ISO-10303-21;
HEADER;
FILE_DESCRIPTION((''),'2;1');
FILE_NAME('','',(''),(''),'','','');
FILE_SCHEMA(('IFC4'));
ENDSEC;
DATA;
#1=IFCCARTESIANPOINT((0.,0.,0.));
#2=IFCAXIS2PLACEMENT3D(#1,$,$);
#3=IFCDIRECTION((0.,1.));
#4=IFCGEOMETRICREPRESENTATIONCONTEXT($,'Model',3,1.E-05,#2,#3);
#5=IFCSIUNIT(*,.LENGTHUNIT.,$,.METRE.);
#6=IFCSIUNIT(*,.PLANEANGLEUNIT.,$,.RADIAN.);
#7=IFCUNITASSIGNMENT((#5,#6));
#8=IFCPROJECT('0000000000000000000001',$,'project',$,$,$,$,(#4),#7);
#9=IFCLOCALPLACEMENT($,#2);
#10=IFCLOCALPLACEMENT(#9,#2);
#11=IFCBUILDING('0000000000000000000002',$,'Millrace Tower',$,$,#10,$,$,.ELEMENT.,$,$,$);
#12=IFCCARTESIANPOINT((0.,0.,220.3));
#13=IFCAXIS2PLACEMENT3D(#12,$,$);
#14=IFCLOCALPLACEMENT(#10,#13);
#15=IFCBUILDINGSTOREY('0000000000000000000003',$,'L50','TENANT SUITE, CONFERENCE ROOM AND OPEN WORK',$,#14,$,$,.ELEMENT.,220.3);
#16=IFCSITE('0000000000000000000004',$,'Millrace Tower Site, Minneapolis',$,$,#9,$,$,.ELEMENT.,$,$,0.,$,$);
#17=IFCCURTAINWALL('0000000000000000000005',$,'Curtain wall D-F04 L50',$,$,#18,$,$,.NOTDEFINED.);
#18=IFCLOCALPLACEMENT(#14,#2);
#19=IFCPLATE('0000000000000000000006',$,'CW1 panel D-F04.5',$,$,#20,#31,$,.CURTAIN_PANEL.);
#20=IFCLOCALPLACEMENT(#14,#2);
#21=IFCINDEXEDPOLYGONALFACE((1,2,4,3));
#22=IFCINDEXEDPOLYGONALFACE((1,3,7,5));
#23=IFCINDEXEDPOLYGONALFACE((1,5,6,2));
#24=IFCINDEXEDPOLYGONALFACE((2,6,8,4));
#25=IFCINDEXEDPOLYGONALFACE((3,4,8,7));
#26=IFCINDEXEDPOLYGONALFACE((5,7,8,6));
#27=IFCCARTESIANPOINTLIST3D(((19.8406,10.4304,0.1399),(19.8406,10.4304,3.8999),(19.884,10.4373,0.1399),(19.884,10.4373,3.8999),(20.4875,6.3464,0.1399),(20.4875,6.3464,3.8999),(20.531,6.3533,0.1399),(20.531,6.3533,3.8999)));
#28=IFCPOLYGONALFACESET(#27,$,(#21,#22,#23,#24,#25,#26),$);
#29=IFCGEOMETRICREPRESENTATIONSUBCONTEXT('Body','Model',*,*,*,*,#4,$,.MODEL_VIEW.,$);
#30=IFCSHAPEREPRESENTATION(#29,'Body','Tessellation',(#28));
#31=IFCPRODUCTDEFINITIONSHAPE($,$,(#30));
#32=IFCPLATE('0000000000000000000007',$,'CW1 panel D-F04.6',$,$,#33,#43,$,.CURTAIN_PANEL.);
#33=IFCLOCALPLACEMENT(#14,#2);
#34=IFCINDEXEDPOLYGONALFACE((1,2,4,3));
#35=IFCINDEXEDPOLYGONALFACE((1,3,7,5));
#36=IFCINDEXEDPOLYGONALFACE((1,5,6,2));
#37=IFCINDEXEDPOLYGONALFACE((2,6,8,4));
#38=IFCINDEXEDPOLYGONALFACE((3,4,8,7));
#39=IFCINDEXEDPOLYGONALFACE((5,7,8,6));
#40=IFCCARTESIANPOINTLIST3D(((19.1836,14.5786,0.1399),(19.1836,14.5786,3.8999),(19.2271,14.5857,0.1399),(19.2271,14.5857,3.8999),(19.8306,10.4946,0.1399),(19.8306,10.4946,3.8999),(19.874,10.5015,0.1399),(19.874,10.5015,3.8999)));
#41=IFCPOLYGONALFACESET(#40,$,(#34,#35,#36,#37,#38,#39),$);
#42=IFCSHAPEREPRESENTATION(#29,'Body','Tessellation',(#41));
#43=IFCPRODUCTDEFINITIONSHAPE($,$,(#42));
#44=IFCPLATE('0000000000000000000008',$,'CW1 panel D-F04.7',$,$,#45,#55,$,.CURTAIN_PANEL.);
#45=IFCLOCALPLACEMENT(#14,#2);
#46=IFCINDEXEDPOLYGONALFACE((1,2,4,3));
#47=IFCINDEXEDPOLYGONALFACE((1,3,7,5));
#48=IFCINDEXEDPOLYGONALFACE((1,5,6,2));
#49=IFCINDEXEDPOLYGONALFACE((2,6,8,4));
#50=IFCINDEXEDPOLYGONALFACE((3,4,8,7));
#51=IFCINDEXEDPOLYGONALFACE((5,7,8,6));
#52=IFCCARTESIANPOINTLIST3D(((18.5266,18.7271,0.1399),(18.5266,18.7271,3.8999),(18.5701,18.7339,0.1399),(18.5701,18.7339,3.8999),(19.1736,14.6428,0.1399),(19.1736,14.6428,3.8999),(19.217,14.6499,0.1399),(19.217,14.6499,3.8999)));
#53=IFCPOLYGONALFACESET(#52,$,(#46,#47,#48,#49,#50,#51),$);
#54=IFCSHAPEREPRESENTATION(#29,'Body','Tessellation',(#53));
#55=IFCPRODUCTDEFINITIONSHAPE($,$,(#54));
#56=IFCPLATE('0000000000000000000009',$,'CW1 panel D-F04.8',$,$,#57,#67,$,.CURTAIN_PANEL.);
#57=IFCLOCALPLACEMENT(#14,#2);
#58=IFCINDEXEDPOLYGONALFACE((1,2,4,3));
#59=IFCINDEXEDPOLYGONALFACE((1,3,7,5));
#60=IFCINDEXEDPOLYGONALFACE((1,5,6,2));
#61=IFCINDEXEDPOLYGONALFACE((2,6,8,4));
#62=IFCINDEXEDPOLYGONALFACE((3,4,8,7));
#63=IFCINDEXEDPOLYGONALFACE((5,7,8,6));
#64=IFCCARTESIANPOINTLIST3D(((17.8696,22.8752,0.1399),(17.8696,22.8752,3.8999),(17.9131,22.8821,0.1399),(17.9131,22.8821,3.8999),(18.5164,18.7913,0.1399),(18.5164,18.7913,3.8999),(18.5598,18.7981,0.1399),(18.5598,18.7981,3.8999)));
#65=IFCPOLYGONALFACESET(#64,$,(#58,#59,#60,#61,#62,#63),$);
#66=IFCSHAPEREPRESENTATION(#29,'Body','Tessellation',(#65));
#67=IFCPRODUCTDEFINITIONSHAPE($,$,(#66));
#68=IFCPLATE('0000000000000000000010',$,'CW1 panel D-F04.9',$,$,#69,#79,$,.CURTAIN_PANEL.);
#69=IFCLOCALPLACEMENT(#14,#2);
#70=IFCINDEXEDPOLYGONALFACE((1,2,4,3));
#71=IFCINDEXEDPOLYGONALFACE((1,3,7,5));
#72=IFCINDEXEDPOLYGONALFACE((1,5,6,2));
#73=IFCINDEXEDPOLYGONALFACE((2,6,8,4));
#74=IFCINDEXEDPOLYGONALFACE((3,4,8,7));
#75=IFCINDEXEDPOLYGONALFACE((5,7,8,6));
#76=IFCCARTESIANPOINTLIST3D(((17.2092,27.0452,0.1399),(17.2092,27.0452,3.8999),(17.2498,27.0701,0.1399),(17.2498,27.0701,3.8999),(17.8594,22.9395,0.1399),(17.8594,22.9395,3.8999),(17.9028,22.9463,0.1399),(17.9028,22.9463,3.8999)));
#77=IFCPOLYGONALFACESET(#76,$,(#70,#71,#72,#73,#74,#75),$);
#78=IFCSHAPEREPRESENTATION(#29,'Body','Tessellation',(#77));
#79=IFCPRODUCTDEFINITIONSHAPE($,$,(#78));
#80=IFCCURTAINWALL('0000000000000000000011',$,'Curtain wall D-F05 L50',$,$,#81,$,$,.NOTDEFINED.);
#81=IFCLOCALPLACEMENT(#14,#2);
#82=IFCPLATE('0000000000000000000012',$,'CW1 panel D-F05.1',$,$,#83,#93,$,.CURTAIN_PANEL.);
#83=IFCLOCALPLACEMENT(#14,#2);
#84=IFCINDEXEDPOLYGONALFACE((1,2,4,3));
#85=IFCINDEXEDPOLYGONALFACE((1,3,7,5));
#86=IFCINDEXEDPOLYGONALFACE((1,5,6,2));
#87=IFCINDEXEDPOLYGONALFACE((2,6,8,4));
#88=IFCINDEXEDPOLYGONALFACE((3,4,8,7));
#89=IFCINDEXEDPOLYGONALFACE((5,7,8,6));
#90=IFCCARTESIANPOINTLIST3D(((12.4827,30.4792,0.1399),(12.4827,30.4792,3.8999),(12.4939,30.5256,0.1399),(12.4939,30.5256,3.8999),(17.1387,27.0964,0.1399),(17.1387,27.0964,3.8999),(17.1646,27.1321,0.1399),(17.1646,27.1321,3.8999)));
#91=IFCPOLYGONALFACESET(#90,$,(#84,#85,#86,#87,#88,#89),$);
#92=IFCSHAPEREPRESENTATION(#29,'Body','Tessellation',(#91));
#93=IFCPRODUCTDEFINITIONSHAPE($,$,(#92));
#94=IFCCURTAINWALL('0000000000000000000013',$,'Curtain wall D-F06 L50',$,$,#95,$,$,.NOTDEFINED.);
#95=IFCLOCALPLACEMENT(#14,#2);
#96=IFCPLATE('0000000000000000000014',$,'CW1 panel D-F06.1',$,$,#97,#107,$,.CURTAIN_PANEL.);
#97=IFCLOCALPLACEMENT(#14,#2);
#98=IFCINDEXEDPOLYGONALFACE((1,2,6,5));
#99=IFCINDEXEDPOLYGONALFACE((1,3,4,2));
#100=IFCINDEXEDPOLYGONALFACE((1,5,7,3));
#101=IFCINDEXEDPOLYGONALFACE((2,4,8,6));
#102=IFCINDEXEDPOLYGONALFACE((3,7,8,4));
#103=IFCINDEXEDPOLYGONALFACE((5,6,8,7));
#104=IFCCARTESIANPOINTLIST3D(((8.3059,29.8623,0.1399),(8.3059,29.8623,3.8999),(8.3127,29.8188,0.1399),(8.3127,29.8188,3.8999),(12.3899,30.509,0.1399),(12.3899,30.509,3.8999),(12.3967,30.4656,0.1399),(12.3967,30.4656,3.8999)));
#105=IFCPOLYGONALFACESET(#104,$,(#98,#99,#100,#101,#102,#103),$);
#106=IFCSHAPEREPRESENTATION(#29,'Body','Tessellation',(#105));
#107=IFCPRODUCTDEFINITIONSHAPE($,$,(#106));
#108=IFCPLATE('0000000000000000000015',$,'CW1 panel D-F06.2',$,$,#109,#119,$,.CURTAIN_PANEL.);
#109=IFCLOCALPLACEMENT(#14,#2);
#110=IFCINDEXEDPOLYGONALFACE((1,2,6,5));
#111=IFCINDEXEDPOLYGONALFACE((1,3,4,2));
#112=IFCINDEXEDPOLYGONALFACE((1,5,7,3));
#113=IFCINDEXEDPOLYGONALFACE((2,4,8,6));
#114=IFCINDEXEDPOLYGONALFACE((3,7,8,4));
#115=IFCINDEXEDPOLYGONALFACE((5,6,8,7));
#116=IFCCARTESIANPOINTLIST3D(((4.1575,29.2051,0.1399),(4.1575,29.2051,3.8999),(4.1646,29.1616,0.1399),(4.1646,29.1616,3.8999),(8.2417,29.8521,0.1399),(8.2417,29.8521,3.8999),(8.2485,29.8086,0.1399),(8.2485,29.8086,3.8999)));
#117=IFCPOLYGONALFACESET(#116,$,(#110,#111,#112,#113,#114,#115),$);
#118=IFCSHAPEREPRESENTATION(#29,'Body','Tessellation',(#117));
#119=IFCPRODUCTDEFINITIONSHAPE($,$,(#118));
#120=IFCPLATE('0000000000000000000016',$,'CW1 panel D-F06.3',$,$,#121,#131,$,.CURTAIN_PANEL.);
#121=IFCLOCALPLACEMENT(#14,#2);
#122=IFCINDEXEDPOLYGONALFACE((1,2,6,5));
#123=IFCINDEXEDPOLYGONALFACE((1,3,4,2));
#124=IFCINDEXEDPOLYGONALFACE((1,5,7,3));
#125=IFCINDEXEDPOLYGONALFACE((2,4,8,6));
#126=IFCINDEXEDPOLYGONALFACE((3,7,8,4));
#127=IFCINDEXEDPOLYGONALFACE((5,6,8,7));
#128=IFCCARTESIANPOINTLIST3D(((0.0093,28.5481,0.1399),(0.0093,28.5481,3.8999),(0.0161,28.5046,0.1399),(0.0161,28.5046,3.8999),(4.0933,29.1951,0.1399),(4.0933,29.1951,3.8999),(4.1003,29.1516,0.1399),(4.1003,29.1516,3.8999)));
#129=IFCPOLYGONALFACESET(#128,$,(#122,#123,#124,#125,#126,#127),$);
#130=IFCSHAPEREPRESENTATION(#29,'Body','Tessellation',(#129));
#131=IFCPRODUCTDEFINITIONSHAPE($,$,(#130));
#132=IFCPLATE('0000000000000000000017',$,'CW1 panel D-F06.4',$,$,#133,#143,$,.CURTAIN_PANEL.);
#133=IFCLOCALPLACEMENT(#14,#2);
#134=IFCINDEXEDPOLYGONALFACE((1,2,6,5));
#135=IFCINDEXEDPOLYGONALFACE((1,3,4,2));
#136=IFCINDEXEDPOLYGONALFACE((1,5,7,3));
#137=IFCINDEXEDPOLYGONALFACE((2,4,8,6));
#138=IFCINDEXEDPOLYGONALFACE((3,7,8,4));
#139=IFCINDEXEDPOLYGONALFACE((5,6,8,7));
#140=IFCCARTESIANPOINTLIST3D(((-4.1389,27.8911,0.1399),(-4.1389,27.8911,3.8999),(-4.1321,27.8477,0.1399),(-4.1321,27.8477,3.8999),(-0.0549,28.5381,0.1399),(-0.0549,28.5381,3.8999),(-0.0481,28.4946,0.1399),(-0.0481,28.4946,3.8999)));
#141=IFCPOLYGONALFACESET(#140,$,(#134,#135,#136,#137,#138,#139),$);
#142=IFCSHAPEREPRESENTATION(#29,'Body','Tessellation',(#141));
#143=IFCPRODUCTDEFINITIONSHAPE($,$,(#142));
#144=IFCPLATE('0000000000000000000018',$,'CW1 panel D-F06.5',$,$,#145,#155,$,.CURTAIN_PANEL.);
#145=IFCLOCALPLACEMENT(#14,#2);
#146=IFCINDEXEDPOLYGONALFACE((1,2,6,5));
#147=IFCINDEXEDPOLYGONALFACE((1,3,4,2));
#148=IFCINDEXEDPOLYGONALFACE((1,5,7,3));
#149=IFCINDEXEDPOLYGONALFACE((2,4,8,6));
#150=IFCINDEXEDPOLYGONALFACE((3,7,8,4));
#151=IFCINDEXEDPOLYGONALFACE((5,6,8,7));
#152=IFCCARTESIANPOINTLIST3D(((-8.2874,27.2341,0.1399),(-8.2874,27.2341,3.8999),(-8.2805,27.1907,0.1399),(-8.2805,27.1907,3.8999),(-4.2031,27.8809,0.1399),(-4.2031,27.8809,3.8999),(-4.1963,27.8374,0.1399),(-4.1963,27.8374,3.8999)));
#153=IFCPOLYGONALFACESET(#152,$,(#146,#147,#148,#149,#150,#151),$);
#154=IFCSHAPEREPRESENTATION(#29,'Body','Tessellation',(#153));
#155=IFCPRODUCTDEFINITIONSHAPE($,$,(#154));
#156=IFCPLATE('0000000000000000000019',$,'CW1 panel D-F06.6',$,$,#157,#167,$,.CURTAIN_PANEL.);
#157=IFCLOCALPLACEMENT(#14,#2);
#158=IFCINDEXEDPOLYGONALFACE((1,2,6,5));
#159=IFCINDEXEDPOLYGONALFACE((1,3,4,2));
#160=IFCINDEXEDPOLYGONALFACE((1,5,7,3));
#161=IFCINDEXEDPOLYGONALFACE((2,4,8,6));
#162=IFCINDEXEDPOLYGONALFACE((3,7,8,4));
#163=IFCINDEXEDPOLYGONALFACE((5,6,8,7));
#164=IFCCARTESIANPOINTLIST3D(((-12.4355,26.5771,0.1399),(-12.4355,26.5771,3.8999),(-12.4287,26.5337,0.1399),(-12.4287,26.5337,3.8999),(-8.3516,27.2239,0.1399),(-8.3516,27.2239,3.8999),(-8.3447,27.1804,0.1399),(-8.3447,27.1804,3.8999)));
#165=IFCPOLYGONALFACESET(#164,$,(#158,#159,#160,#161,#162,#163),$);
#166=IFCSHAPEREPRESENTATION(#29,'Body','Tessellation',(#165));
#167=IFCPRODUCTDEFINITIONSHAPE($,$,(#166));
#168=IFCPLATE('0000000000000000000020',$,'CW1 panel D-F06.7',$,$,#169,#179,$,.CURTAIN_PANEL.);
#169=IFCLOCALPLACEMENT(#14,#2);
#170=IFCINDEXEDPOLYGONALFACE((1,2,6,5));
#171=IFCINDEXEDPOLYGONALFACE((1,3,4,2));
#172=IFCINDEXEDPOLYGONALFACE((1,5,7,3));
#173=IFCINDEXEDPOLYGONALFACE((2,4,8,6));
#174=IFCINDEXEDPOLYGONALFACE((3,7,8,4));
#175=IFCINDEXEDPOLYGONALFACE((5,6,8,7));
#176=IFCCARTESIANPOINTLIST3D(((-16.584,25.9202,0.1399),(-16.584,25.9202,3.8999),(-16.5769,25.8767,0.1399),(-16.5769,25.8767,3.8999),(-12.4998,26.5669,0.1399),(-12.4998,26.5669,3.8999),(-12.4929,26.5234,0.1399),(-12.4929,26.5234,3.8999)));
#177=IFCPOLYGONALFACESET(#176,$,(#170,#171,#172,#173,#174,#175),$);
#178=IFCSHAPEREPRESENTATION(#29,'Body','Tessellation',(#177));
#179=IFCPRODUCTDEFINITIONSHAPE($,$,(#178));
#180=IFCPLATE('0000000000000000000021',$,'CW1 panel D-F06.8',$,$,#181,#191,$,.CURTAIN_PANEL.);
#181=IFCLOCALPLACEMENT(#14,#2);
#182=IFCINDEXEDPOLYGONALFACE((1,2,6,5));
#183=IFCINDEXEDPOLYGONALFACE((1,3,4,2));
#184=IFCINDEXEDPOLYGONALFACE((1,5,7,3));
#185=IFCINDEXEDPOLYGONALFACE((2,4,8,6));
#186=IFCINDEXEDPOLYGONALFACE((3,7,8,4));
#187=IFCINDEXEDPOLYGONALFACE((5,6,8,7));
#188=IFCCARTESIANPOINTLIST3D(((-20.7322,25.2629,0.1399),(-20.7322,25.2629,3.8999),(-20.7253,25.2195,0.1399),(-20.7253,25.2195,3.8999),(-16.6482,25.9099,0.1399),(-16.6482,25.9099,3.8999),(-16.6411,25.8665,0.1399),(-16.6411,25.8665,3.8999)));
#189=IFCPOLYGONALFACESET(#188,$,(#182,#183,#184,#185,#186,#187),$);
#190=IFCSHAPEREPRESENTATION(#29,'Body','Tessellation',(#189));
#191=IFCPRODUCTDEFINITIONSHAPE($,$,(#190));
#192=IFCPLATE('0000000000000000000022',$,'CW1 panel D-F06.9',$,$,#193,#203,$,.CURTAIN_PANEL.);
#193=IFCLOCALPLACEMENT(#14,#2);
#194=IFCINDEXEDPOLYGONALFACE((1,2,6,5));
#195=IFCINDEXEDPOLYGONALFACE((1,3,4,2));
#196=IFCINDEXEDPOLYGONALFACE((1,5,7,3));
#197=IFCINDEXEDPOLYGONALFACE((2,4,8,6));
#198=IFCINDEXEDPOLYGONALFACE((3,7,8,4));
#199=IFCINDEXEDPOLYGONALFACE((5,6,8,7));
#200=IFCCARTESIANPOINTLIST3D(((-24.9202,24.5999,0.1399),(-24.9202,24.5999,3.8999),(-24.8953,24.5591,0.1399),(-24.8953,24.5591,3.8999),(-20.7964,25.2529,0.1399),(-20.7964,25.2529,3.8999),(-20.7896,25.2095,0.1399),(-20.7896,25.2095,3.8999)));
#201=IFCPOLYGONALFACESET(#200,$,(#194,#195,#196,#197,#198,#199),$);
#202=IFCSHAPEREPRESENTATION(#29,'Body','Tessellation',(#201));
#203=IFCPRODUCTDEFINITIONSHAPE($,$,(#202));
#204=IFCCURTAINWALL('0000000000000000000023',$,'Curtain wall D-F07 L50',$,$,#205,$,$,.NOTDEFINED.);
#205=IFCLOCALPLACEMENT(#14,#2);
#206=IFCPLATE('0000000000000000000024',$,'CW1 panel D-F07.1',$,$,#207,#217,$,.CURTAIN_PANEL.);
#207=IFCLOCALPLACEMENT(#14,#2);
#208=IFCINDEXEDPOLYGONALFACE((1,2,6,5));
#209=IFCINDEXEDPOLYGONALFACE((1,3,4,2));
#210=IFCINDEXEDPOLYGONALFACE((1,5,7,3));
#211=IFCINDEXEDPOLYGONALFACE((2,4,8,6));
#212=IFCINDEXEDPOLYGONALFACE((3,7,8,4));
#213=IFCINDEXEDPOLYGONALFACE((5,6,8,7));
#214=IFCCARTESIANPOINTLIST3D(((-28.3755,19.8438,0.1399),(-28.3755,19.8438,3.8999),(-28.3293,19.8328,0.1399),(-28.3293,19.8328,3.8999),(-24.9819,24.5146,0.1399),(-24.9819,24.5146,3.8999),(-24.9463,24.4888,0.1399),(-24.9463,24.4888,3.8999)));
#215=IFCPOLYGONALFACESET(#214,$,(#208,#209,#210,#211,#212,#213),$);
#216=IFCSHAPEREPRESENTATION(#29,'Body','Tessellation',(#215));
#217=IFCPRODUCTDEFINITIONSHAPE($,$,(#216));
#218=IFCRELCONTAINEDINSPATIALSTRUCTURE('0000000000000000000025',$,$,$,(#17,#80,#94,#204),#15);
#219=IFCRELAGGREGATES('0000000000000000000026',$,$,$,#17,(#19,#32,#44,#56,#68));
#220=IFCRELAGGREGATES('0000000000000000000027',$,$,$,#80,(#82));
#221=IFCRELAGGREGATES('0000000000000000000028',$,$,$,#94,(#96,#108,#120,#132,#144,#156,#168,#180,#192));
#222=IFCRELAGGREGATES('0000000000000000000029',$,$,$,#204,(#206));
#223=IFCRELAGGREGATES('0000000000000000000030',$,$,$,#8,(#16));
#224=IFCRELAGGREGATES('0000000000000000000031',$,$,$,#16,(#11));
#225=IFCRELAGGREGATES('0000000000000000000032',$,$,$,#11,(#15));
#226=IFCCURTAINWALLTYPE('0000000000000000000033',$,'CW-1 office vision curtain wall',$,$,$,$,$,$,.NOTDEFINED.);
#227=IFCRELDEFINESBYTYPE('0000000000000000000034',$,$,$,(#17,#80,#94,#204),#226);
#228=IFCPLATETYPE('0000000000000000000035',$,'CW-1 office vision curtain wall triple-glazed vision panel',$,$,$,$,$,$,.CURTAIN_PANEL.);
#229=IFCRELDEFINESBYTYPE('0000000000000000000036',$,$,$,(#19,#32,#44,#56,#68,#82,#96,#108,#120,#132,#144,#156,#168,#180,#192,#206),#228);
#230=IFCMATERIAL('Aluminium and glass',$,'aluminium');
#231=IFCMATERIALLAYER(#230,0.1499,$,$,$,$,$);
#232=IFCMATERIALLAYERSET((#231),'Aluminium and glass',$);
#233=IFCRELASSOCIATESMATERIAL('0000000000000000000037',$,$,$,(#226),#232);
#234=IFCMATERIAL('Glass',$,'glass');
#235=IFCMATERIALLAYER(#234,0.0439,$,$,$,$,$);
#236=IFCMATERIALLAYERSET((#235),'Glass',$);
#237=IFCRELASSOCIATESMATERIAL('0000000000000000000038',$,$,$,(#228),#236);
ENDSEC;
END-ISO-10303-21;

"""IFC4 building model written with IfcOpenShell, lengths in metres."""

from ifc_helpers import new_model, si_unit, direction, frame, origin, place, context, subcontext, project, spatial, polyline, outline, extrude, material, layer, layer_set, type_object, element, aggregate, save


model = new_model("IFC4")

# Units and contexts
model_context = context("Model", 3, precision=1e-05, world=origin(), true_north=direction((0.0, 1.0)))
body_context = subcontext(model_context, "Body", "Model", "MODEL_VIEW")
ifc_project = project(units=[si_unit("LENGTHUNIT", "METRE"), si_unit("PLANEANGLEUNIT", "RADIAN")], contexts=[model_context])

# Site, building, storey
site_placement = place(None, origin())
site = spatial("IfcSite", under=ifc_project, at=site_placement, Name="Millrace Tower Site, Minneapolis", CompositionType="ELEMENT", RefElevation=0.0)
building_placement = place(site_placement, origin())
building = spatial("IfcBuilding", under=site, at=building_placement, Name="Millrace Tower", CompositionType="ELEMENT")
storey_placement = place(building_placement, frame((0.0, 0.0, 220.3)))
storey = spatial("IfcBuildingStorey", under=building, at=storey_placement, Name="L50", Description="TENANT SUITE, CONFERENCE ROOM AND OPEN WORK", CompositionType="ELEMENT", Elevation=220.3)

# Curtain wall, plates
ifc_material_1 = material(Name="Aluminium and glass", Category="aluminium")
ifc_layer_1 = layer(ifc_material_1, 0.1499)
ifc_layer_set_1 = layer_set([ifc_layer_1], Name="Aluminium and glass")
curtain_wall_type = type_object("IfcCurtainWallType", Name="CW-1 office vision curtain wall", PredefinedType="NOTDEFINED", material=ifc_layer_set_1)
placement_1 = place(storey_placement, origin())
curtain_wall_1 = element("IfcCurtainWall", 1, at=placement_1, inside=storey, type_object=curtain_wall_type, Name="Curtain wall D-F04 L50", PredefinedType="NOTDEFINED")
ifc_material_2 = material(Name="Glass", Category="glass")
ifc_layer_2 = layer(ifc_material_2, 0.0439)
ifc_layer_set_2 = layer_set([ifc_layer_2], Name="Glass")
plate_type = type_object("IfcPlateType", Name="CW-1 office vision curtain wall triple-glazed vision panel", PredefinedType="CURTAIN_PANEL", material=ifc_layer_set_2)
placement_2 = place(storey_placement, frame((0.0, 0.0, 0.1399)))
plate_1 = element("IfcPlate", 2, at=placement_2, type_object=plate_type, Name="CW1 panel D-F04.5", PredefinedType="CURTAIN_PANEL", context=body_context, shape_type="SweptSolid", body=[
    extrude(outline(polyline([(20.531, 6.3533), (19.884, 10.4373), (19.8406, 10.4304), (20.4875, 6.3464), (20.531, 6.3533)])), origin(), (0.0, 0.0, 1.0), 3.76),
])
plate_2 = element("IfcPlate", 3, at=placement_2, type_object=plate_type, Name="CW1 panel D-F04.6", PredefinedType="CURTAIN_PANEL", context=body_context, shape_type="SweptSolid", body=[
    extrude(outline(polyline([(19.874, 10.5015), (19.2271, 14.5857), (19.1836, 14.5786), (19.8306, 10.4946), (19.874, 10.5015)])), origin(), (0.0, 0.0, 1.0), 3.76),
])
plate_3 = element("IfcPlate", 4, at=placement_2, type_object=plate_type, Name="CW1 panel D-F04.7", PredefinedType="CURTAIN_PANEL", context=body_context, shape_type="SweptSolid", body=[
    extrude(outline(polyline([(19.217, 14.6499), (18.5701, 18.7339), (18.5266, 18.7271), (19.1736, 14.6428), (19.217, 14.6499)])), origin(), (0.0, 0.0, 1.0), 3.76),
])
plate_4 = element("IfcPlate", 5, at=placement_2, type_object=plate_type, Name="CW1 panel D-F04.8", PredefinedType="CURTAIN_PANEL", context=body_context, shape_type="SweptSolid", body=[
    extrude(outline(polyline([(18.5598, 18.7981), (17.9131, 22.8821), (17.8696, 22.8752), (18.5164, 18.7913), (18.5598, 18.7981)])), origin(), (0.0, 0.0, 1.0), 3.76),
])
plate_5 = element("IfcPlate", 6, at=placement_2, type_object=plate_type, Name="CW1 panel D-F04.9", PredefinedType="CURTAIN_PANEL", context=body_context, shape_type="SweptSolid", body=[
    extrude(outline(polyline([(17.9028, 22.9463), (17.2498, 27.0701), (17.2092, 27.0452), (17.8594, 22.9395), (17.9028, 22.9463)])), origin(), (0.0, 0.0, 1.0), 3.76),
])
aggregate(curtain_wall_1, [plate_1, plate_2, plate_3, plate_4, plate_5])

# Curtain wall, plate
curtain_wall_2 = element("IfcCurtainWall", 7, at=placement_1, inside=storey, type_object=curtain_wall_type, Name="Curtain wall D-F05 L50", PredefinedType="NOTDEFINED")
plate_6 = element("IfcPlate", 8, at=placement_2, type_object=plate_type, Name="CW1 panel D-F05.1", PredefinedType="CURTAIN_PANEL", context=body_context, shape_type="SweptSolid", body=[
    extrude(outline(polyline([(17.1646, 27.1321), (12.4939, 30.5256), (12.4827, 30.4792), (17.1387, 27.0964), (17.1646, 27.1321)])), origin(), (0.0, 0.0, 1.0), 3.76),
])
aggregate(curtain_wall_2, [plate_6])

# Curtain wall, plates
curtain_wall_3 = element("IfcCurtainWall", 9, at=placement_1, inside=storey, type_object=curtain_wall_type, Name="Curtain wall D-F06 L50", PredefinedType="NOTDEFINED")
plate_7 = element("IfcPlate", 10, at=placement_2, type_object=plate_type, Name="CW1 panel D-F06.1", PredefinedType="CURTAIN_PANEL", context=body_context, shape_type="SweptSolid", body=[
    extrude(outline(polyline([(12.3899, 30.509), (8.3059, 29.8623), (8.3127, 29.8188), (12.3967, 30.4656), (12.3899, 30.509)])), origin(), (0.0, 0.0, 1.0), 3.76),
])
plate_8 = element("IfcPlate", 11, at=placement_2, type_object=plate_type, Name="CW1 panel D-F06.2", PredefinedType="CURTAIN_PANEL", context=body_context, shape_type="SweptSolid", body=[
    extrude(outline(polyline([(8.2417, 29.8521), (4.1575, 29.2051), (4.1646, 29.1616), (8.2485, 29.8086), (8.2417, 29.8521)])), origin(), (0.0, 0.0, 1.0), 3.76),
])
plate_9 = element("IfcPlate", 12, at=placement_2, type_object=plate_type, Name="CW1 panel D-F06.3", PredefinedType="CURTAIN_PANEL", context=body_context, shape_type="SweptSolid", body=[
    extrude(outline(polyline([(4.0933, 29.1951), (0.0093, 28.5481), (0.0161, 28.5046), (4.1003, 29.1516), (4.0933, 29.1951)])), origin(), (0.0, 0.0, 1.0), 3.76),
])
plate_10 = element("IfcPlate", 13, at=placement_2, type_object=plate_type, Name="CW1 panel D-F06.4", PredefinedType="CURTAIN_PANEL", context=body_context, shape_type="SweptSolid", body=[
    extrude(outline(polyline([(-0.0549, 28.5381), (-4.1389, 27.8911), (-4.1321, 27.8477), (-0.0481, 28.4946), (-0.0549, 28.5381)])), origin(), (0.0, 0.0, 1.0), 3.76),
])
plate_11 = element("IfcPlate", 14, at=placement_2, type_object=plate_type, Name="CW1 panel D-F06.5", PredefinedType="CURTAIN_PANEL", context=body_context, shape_type="SweptSolid", body=[
    extrude(outline(polyline([(-4.2031, 27.8809), (-8.2874, 27.2341), (-8.2805, 27.1907), (-4.1963, 27.8374), (-4.2031, 27.8809)])), origin(), (0.0, 0.0, 1.0), 3.76),
])
plate_12 = element("IfcPlate", 15, at=placement_2, type_object=plate_type, Name="CW1 panel D-F06.6", PredefinedType="CURTAIN_PANEL", context=body_context, shape_type="SweptSolid", body=[
    extrude(outline(polyline([(-8.3516, 27.2239), (-12.4355, 26.5771), (-12.4287, 26.5337), (-8.3447, 27.1804), (-8.3516, 27.2239)])), origin(), (0.0, 0.0, 1.0), 3.76),
])
plate_13 = element("IfcPlate", 16, at=placement_2, type_object=plate_type, Name="CW1 panel D-F06.7", PredefinedType="CURTAIN_PANEL", context=body_context, shape_type="SweptSolid", body=[
    extrude(outline(polyline([(-12.4998, 26.5669), (-16.584, 25.9202), (-16.5769, 25.8767), (-12.4929, 26.5234), (-12.4998, 26.5669)])), origin(), (0.0, 0.0, 1.0), 3.76),
])
plate_14 = element("IfcPlate", 17, at=placement_2, type_object=plate_type, Name="CW1 panel D-F06.8", PredefinedType="CURTAIN_PANEL", context=body_context, shape_type="SweptSolid", body=[
    extrude(outline(polyline([(-16.6482, 25.9099), (-20.7322, 25.2629), (-20.7253, 25.2195), (-16.6411, 25.8665), (-16.6482, 25.9099)])), origin(), (0.0, 0.0, 1.0), 3.76),
])
plate_15 = element("IfcPlate", 18, at=placement_2, type_object=plate_type, Name="CW1 panel D-F06.9", PredefinedType="CURTAIN_PANEL", context=body_context, shape_type="SweptSolid", body=[
    extrude(outline(polyline([(-20.7964, 25.2529), (-24.9202, 24.5999), (-24.8953, 24.5591), (-20.7896, 25.2095), (-20.7964, 25.2529)])), origin(), (0.0, 0.0, 1.0), 3.76),
])
aggregate(curtain_wall_3, [plate_7, plate_8, plate_9, plate_10, plate_11, plate_12, plate_13, plate_14, plate_15])

# Curtain wall, plate
curtain_wall_4 = element("IfcCurtainWall", 19, at=placement_1, inside=storey, type_object=curtain_wall_type, Name="Curtain wall D-F07 L50", PredefinedType="NOTDEFINED")
plate_16 = element("IfcPlate", 20, at=placement_2, type_object=plate_type, Name="CW1 panel D-F07.1", PredefinedType="CURTAIN_PANEL", context=body_context, shape_type="SweptSolid", body=[
    extrude(outline(polyline([(-24.9819, 24.5146), (-28.3755, 19.8438), (-28.3293, 19.8328), (-24.9463, 24.4888), (-24.9819, 24.5146)])), origin(), (0.0, 0.0, 1.0), 3.76),
])
aggregate(curtain_wall_4, [plate_16])

save(model, "model.ifc")
